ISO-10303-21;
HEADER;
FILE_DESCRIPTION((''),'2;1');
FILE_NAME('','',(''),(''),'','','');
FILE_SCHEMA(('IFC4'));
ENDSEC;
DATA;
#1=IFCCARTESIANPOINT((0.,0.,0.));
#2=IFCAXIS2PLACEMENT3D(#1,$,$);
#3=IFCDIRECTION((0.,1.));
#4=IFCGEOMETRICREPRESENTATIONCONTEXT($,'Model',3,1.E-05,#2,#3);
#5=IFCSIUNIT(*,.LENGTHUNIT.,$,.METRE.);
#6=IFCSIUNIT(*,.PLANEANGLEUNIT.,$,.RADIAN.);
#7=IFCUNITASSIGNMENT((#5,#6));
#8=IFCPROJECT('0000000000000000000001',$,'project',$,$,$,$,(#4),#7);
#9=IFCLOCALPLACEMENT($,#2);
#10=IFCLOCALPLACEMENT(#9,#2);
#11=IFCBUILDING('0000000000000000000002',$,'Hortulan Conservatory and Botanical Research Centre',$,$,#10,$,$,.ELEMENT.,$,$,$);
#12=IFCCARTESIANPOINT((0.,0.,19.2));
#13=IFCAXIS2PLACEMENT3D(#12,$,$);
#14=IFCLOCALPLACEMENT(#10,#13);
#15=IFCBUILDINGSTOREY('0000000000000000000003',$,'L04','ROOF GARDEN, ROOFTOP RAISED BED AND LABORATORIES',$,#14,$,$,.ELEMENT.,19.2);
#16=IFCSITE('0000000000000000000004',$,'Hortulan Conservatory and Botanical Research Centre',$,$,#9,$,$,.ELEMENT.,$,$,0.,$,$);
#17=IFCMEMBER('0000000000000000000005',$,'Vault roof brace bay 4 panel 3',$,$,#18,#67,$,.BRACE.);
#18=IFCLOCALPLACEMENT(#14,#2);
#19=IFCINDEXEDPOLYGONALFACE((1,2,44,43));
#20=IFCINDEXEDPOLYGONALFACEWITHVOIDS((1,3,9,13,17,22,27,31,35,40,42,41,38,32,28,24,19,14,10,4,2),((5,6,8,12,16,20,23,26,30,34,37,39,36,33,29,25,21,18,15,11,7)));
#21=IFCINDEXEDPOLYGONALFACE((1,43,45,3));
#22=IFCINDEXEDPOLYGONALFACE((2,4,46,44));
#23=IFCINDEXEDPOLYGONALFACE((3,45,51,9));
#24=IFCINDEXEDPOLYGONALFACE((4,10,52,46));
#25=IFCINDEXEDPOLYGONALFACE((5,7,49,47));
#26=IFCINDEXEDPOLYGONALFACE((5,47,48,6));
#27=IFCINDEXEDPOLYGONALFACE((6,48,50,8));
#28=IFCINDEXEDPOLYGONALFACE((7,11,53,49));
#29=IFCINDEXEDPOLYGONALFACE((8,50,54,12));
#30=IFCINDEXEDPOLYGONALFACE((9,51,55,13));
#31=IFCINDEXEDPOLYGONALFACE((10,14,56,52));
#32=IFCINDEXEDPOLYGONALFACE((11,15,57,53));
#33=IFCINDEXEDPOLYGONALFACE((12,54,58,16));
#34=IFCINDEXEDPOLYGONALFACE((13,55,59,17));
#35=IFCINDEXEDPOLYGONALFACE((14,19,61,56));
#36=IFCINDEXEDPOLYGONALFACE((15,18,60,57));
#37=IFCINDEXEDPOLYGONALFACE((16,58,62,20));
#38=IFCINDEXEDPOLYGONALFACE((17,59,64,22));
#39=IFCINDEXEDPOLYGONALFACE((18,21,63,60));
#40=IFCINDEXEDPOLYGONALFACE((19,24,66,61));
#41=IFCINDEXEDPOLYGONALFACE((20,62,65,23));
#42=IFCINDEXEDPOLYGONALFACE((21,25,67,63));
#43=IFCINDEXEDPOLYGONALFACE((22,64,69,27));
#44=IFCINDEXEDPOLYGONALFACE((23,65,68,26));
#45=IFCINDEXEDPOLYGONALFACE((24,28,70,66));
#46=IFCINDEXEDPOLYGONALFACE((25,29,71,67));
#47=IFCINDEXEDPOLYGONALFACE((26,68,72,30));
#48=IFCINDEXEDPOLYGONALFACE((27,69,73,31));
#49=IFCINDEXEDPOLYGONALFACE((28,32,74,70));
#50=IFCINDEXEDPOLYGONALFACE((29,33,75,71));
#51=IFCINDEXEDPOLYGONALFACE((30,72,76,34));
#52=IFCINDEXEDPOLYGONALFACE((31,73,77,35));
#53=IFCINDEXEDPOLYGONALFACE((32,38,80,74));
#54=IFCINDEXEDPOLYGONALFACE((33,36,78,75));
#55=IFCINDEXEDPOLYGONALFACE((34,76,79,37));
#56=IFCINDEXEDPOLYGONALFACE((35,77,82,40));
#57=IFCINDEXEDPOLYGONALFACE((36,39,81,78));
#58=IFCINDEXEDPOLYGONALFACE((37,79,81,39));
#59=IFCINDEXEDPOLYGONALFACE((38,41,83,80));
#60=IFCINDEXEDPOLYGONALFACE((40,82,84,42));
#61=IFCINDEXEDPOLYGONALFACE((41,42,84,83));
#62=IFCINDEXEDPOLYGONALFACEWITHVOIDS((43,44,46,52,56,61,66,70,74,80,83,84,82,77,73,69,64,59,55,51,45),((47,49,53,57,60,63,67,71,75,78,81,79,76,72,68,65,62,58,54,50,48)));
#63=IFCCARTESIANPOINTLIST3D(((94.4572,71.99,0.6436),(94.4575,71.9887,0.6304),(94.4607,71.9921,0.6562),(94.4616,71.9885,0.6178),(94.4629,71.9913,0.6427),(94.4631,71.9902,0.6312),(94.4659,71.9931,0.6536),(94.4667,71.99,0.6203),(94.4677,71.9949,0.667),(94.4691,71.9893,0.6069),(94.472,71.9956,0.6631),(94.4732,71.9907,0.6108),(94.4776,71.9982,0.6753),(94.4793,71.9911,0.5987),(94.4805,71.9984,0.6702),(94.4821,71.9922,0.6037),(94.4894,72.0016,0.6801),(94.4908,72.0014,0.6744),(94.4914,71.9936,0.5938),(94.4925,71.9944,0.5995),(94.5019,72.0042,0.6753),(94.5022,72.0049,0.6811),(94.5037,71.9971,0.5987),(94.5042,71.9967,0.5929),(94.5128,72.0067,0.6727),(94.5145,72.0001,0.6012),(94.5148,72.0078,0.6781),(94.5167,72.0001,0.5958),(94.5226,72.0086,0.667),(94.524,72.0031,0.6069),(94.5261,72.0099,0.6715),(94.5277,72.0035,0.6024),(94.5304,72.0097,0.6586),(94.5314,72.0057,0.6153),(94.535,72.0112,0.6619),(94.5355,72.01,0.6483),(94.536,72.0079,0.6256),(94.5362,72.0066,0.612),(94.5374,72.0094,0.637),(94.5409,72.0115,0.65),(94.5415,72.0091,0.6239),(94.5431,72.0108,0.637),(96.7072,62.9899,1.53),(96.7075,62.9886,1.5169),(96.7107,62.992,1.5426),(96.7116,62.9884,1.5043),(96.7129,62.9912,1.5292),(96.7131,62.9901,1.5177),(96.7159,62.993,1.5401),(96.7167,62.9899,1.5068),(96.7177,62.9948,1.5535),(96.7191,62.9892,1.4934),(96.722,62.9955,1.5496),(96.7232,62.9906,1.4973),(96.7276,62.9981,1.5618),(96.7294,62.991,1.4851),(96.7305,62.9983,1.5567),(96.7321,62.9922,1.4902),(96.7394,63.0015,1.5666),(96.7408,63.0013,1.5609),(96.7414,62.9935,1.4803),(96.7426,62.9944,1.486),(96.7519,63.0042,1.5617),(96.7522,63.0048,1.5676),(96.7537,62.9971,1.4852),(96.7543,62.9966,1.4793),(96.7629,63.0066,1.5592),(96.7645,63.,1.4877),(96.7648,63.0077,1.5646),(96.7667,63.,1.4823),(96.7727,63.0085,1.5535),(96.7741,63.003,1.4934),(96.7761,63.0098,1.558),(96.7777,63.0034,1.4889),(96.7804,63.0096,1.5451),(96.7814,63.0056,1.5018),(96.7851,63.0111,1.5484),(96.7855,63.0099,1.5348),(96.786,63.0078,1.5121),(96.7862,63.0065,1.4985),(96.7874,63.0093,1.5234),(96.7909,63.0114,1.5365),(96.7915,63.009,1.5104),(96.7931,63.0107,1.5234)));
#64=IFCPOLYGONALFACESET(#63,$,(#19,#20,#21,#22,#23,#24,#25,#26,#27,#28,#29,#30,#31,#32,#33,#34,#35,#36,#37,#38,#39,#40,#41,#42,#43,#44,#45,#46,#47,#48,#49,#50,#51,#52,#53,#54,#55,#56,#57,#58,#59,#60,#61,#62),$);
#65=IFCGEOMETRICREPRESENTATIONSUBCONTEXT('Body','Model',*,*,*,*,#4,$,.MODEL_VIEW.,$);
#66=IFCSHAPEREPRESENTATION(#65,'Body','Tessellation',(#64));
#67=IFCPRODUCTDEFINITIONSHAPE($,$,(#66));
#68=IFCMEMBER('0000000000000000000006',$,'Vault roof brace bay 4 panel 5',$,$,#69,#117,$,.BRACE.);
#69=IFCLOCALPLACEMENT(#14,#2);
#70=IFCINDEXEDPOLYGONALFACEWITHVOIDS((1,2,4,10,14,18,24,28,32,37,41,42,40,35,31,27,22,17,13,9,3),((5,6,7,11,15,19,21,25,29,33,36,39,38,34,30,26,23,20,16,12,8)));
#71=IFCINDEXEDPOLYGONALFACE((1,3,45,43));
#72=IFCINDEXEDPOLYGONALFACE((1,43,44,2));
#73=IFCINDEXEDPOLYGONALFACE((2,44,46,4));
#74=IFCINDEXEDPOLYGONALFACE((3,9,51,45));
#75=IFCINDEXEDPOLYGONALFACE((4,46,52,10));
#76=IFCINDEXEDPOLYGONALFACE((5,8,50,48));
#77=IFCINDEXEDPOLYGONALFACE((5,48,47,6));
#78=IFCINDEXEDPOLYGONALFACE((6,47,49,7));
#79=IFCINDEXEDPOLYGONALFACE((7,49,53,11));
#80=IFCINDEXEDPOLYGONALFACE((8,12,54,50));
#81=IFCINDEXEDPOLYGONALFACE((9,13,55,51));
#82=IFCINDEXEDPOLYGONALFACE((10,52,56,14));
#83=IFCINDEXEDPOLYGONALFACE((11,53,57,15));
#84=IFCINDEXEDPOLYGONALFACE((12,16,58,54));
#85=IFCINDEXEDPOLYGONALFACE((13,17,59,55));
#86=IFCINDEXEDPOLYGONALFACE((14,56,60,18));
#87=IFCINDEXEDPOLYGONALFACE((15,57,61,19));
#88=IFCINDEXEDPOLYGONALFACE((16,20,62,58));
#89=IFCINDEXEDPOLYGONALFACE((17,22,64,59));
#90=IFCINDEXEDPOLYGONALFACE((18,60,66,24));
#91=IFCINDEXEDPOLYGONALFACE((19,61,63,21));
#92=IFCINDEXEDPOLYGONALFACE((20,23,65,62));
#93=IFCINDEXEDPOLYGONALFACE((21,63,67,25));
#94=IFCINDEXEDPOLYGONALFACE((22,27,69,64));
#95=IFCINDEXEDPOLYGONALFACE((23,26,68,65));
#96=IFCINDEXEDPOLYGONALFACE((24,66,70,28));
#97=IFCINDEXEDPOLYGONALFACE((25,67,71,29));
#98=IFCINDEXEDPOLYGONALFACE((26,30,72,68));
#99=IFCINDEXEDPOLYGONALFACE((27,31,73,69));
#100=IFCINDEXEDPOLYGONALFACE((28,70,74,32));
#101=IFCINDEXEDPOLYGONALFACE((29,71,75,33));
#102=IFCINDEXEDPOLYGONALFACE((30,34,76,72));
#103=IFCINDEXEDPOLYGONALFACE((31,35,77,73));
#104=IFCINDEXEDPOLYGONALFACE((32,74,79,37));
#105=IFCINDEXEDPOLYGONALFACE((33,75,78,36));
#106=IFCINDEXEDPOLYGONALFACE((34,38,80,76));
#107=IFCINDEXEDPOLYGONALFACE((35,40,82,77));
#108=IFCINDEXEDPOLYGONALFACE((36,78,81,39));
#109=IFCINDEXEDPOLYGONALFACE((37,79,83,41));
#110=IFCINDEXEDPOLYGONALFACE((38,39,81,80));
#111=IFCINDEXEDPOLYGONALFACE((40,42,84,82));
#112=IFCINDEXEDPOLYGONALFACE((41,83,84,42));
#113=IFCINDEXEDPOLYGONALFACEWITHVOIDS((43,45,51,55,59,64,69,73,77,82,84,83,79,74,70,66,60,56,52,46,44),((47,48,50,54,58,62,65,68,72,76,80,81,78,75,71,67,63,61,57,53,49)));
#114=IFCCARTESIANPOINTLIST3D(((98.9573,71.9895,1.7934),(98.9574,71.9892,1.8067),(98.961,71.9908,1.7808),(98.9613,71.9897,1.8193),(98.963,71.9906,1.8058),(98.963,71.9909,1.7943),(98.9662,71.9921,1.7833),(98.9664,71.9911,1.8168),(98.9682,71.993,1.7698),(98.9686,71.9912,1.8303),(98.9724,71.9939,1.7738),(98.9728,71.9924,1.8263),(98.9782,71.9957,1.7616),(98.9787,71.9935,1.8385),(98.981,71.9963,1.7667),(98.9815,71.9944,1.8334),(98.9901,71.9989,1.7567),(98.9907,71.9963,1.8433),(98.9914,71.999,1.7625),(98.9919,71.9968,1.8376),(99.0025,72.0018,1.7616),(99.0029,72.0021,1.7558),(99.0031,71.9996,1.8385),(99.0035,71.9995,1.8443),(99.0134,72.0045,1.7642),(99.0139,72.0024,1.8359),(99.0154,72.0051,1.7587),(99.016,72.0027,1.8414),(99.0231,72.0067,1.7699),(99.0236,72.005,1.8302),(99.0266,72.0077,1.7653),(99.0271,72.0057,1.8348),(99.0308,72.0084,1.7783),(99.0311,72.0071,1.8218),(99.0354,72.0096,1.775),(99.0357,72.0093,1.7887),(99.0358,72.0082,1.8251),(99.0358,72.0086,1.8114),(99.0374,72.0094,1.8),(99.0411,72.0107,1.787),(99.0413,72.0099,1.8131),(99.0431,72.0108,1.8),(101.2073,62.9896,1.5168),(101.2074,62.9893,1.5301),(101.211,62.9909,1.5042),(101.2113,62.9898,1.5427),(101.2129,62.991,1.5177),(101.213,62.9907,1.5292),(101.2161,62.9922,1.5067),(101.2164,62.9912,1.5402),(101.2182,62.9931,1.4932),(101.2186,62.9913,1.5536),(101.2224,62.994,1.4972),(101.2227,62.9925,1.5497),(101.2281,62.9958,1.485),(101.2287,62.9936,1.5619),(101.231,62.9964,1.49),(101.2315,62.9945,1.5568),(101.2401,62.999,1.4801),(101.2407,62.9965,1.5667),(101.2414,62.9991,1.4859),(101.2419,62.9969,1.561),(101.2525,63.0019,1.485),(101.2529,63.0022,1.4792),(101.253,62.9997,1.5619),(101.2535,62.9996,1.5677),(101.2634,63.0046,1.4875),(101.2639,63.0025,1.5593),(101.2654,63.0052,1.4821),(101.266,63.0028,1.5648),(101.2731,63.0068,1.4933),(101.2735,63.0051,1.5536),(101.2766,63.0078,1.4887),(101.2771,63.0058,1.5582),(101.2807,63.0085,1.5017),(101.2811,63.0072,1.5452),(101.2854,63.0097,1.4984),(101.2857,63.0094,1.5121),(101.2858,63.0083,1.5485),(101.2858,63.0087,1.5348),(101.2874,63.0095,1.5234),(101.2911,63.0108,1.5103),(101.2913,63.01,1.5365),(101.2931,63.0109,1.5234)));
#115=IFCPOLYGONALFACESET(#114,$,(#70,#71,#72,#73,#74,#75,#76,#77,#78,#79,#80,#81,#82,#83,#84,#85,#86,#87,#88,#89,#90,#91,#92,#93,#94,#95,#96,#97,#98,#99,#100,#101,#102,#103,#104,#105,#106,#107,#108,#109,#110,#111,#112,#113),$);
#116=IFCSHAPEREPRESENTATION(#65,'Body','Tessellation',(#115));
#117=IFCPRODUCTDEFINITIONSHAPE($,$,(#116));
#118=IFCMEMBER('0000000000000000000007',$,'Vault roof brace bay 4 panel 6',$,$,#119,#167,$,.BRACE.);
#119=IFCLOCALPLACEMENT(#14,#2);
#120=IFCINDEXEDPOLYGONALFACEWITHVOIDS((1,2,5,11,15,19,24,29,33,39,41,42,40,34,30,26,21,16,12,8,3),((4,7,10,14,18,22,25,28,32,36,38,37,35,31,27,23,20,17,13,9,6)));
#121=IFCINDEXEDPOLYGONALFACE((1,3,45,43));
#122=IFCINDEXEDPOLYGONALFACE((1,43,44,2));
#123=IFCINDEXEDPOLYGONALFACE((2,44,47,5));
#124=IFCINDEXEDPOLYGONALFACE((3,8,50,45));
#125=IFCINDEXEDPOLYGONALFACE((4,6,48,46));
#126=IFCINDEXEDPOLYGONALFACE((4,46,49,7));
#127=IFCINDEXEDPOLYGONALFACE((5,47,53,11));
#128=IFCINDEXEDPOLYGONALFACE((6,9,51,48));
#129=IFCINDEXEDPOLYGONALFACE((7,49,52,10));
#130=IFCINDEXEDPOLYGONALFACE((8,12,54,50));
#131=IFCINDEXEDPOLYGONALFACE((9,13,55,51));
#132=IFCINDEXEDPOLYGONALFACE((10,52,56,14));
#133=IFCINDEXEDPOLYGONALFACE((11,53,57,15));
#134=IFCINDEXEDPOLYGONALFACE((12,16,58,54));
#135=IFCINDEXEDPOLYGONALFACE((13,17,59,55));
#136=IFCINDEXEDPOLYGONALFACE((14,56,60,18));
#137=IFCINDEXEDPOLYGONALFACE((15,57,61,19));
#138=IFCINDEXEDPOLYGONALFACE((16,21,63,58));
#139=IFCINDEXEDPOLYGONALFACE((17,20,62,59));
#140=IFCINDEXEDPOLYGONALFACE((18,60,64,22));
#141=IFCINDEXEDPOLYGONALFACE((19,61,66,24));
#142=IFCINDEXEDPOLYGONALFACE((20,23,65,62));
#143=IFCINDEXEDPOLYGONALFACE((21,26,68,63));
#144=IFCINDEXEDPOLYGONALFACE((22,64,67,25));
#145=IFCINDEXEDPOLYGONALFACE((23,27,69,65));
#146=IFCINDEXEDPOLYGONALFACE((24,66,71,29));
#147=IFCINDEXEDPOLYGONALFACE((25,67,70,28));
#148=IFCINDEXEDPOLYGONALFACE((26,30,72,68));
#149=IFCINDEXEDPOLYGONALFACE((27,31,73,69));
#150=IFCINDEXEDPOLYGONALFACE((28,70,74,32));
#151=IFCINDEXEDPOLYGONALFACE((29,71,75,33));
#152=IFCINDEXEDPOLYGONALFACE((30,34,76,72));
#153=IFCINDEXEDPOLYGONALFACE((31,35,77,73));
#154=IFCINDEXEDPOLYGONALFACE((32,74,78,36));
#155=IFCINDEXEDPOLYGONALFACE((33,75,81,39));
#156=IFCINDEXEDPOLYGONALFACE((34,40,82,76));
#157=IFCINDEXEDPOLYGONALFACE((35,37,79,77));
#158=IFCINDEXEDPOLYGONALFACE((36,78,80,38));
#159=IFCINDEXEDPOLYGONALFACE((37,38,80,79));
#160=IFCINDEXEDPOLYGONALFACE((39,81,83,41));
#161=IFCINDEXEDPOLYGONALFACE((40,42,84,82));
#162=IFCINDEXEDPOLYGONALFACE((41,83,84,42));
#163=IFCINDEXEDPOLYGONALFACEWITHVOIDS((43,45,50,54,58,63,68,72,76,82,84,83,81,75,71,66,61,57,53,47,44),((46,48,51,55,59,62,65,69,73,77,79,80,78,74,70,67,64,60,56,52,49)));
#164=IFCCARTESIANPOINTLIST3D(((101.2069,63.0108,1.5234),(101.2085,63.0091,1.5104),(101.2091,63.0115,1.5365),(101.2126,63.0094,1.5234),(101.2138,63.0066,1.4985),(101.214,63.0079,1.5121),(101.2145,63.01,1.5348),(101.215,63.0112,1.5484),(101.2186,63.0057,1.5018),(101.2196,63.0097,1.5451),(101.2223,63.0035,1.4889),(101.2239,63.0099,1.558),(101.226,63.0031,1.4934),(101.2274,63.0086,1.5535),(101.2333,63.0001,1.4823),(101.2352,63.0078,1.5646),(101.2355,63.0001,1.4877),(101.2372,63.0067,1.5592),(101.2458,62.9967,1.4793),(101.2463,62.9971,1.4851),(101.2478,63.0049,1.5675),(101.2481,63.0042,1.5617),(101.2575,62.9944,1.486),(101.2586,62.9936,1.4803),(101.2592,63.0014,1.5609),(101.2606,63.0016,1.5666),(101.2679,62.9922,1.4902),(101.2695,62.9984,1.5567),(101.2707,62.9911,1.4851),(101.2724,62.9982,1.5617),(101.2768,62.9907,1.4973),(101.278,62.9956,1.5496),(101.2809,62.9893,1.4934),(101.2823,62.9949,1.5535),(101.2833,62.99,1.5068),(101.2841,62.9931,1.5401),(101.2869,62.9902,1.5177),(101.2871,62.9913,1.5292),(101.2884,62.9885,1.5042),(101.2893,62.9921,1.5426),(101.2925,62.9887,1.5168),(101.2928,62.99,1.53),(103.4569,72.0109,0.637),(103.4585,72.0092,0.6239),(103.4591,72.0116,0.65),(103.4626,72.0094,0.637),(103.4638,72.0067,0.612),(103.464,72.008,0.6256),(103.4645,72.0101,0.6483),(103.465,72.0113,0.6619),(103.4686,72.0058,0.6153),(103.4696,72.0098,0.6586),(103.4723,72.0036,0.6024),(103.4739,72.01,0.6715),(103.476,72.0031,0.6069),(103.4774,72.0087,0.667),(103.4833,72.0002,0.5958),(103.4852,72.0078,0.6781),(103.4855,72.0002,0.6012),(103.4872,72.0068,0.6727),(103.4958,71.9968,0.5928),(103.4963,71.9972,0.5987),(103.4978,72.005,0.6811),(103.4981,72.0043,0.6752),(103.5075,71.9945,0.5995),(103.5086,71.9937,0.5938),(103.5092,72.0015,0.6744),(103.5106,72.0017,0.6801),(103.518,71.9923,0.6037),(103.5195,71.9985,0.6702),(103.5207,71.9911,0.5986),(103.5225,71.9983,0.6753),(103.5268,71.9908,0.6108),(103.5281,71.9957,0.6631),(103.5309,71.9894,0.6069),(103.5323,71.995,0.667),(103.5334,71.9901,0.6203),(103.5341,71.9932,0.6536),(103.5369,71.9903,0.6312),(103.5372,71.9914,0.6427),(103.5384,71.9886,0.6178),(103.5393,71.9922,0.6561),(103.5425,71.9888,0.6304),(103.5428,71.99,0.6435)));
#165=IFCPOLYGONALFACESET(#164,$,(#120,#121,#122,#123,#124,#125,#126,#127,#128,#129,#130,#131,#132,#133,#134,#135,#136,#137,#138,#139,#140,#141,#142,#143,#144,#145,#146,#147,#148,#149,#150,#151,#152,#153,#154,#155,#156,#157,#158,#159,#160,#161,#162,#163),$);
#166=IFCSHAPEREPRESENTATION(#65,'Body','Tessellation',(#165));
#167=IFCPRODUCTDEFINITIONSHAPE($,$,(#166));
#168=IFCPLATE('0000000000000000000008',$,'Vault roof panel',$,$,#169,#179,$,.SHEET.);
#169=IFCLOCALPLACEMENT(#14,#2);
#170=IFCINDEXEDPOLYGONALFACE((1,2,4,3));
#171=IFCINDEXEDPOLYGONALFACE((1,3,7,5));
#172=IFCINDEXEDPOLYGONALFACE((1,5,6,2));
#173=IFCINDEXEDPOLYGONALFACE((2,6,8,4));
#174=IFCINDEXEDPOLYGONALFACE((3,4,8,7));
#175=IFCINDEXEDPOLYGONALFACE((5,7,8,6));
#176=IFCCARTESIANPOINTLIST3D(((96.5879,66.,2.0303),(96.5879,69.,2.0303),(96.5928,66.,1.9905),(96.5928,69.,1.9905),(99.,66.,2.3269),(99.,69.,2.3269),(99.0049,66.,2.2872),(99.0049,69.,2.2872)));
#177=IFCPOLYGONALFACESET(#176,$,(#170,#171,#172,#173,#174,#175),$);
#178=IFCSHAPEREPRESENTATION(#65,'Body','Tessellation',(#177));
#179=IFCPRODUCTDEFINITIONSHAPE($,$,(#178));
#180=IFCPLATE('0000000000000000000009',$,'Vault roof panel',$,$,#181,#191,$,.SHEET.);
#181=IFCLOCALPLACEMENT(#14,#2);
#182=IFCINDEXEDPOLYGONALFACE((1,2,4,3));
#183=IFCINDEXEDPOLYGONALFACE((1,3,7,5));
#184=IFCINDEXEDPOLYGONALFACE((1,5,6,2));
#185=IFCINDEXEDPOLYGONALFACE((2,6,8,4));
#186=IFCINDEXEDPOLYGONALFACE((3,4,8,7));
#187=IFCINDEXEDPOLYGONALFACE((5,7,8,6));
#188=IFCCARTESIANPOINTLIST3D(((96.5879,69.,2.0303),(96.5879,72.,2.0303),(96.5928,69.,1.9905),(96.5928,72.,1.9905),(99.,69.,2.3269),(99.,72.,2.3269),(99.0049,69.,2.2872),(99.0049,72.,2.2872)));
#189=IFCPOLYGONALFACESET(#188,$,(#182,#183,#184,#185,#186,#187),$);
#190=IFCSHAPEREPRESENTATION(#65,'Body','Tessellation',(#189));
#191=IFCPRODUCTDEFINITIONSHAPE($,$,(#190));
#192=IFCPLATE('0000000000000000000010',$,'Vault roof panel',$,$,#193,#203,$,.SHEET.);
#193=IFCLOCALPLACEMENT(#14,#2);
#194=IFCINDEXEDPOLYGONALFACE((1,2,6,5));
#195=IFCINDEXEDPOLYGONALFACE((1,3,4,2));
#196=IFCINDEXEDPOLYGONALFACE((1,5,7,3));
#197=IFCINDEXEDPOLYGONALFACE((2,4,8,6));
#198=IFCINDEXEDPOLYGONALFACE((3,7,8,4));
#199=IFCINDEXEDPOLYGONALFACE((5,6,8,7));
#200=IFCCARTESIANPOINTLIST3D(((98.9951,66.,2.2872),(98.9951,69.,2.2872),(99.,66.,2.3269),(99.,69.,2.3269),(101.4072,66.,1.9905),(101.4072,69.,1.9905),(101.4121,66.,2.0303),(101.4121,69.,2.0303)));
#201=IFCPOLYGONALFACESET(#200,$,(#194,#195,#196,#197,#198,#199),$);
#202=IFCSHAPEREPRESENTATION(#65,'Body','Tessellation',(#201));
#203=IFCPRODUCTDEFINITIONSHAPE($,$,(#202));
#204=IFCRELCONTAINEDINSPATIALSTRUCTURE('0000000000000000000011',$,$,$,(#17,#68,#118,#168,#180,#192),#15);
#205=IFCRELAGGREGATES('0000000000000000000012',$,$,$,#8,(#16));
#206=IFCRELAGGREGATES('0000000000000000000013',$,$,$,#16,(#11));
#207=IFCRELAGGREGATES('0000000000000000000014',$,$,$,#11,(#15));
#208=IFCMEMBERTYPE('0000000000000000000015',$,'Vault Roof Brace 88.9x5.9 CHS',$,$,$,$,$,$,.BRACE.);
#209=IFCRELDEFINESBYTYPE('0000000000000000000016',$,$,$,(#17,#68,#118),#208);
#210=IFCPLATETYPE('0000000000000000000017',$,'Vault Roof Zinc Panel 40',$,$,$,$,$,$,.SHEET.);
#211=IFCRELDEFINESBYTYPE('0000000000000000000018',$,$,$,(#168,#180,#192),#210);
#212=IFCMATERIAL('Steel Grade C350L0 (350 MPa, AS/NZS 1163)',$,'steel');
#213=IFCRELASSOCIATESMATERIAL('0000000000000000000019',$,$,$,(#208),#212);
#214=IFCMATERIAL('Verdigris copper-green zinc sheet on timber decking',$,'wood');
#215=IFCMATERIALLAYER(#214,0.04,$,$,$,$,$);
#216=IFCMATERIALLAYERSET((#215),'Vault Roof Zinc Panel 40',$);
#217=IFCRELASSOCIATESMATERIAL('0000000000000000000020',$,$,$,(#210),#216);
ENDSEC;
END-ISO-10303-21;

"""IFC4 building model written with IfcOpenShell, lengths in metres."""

from ifc_helpers import new_model, si_unit, direction, frame, origin, origin_2d, place, context, subcontext, project, spatial, polyline, hollow_circle, outline, extrude, material, layer, layer_set, material_profile, profile_set, type_object, element, save


model = new_model("IFC4")

# Units and contexts
model_context = context("Model", 3, precision=1e-05, world=origin(), true_north=direction((0.0, 1.0)))
body_context = subcontext(model_context, "Body", "Model", "MODEL_VIEW")
ifc_project = project(units=[si_unit("LENGTHUNIT", "METRE"), si_unit("PLANEANGLEUNIT", "RADIAN")], contexts=[model_context])

# Site, building, storey
site_placement = place(None, origin())
site = spatial("IfcSite", under=ifc_project, at=site_placement, Name="Hortulan Conservatory and Botanical Research Centre", CompositionType="ELEMENT", RefElevation=0.0)
building_placement = place(site_placement, origin())
building = spatial("IfcBuilding", under=site, at=building_placement, Name="Hortulan Conservatory and Botanical Research Centre", CompositionType="ELEMENT")
storey_placement = place(building_placement, frame((0.0, 0.0, 19.2)))
storey = spatial("IfcBuildingStorey", under=building, at=storey_placement, Name="L04", Description="ROOF GARDEN, ROOFTOP RAISED BED AND LABORATORIES", CompositionType="ELEMENT", Elevation=19.2)

# Members
ifc_material_1 = material(Name="Steel Grade C350L0 (350 MPa, AS/NZS 1163)", Category="steel")
ifc_material_profile_1 = material_profile(ifc_material_1, hollow_circle(Radius=0.0444, WallThickness=0.0059, at=origin_2d()), Name="88.9x5.9CHS")
ifc_profile_set_1 = profile_set([ifc_material_profile_1], Name="Steel Grade C350L0 (350 MPa, AS/NZS 1163)")
member_type_1 = type_object("IfcMemberType", Name="Vault Roof Brace 88.9x5.9 CHS", PredefinedType="BRACE", material=ifc_profile_set_1)
member_1_placement = place(storey_placement, frame((94.5, 72.0, 0.637), z_axis=(0.241436, -0.965743, 0.095123), x_axis=(0.970143, 0.242536, 0.0)))
element("IfcMember", 1, at=member_1_placement, inside=storey, type_object=member_type_1, Name="Vault roof brace bay 4 panel 3", PredefinedType="BRACE", context=body_context, shape_type="SweptSolid", body=[
    extrude(hollow_circle(Radius=0.0444, WallThickness=0.0059, at=origin_2d()), origin(), (0.0, 0.0, 1.0), 9.3193),
])
member_2_placement = place(storey_placement, frame((99.0, 72.0, 1.8), z_axis=(0.242428, -0.969712, -0.029804), x_axis=(0.970143, 0.242536, 0.0)))
element("IfcMember", 2, at=member_2_placement, inside=storey, type_object=member_type_1, Name="Vault roof brace bay 4 panel 5", PredefinedType="BRACE", context=body_context, shape_type="SweptSolid", body=[
    extrude(hollow_circle(Radius=0.0444, WallThickness=0.0059, at=origin_2d()), origin(), (0.0, 0.0, 1.0), 9.281),
])
member_3_placement = place(storey_placement, frame((101.25, 63.0, 1.5234), z_axis=(0.241436, 0.965743, -0.095123), x_axis=(-0.970143, 0.242536, 0.0)))
element("IfcMember", 3, at=member_3_placement, inside=storey, type_object=member_type_1, Name="Vault roof brace bay 4 panel 6", PredefinedType="BRACE", context=body_context, shape_type="SweptSolid", body=[
    extrude(hollow_circle(Radius=0.0444, WallThickness=0.0059, at=origin_2d()), origin(), (0.0, 0.0, 1.0), 9.3193),
])

# Plates
ifc_material_2 = material(Name="Verdigris copper-green zinc sheet on timber decking", Category="wood")
ifc_layer = layer(ifc_material_2, 0.04)
ifc_layer_set = layer_set([ifc_layer], Name="Vault Roof Zinc Panel 40")
plate_type = type_object("IfcPlateType", Name="Vault Roof Zinc Panel 40", PredefinedType="SHEET", material=ifc_layer_set)
for number, where, z_axis, x_axis, name in (
    (4, (96.5879, 66.0, 2.0303), (-0.122056, 0.0, 0.992523), (0.992523, 0.0, 0.122056), "Vault roof panel"),
    (5, (96.5879, 69.0, 2.0303), (-0.122056, 0.0, 0.992523), (0.992523, 0.0, 0.122056), "Vault roof panel"),
    (6, (99.0, 66.0, 2.3269), (0.122056, 0.0, 0.992523), (0.992523, 0.0, -0.122056), "Vault roof panel"),
):
    element("IfcPlate", number, at=place(storey_placement, frame(where, z_axis=z_axis, x_axis=x_axis)), inside=storey, type_object=plate_type, Name=name, PredefinedType="SHEET", context=body_context, shape_type="SweptSolid", body=[
        extrude(outline(polyline([(0.0, 0.0), (2.4303, 0.0), (2.4303, 3.0), (0.0, 3.0), (0.0, 0.0)])), origin(), (0.0, 0.0, -1.0), 0.04),
    ])

save(model, "model.ifc")
